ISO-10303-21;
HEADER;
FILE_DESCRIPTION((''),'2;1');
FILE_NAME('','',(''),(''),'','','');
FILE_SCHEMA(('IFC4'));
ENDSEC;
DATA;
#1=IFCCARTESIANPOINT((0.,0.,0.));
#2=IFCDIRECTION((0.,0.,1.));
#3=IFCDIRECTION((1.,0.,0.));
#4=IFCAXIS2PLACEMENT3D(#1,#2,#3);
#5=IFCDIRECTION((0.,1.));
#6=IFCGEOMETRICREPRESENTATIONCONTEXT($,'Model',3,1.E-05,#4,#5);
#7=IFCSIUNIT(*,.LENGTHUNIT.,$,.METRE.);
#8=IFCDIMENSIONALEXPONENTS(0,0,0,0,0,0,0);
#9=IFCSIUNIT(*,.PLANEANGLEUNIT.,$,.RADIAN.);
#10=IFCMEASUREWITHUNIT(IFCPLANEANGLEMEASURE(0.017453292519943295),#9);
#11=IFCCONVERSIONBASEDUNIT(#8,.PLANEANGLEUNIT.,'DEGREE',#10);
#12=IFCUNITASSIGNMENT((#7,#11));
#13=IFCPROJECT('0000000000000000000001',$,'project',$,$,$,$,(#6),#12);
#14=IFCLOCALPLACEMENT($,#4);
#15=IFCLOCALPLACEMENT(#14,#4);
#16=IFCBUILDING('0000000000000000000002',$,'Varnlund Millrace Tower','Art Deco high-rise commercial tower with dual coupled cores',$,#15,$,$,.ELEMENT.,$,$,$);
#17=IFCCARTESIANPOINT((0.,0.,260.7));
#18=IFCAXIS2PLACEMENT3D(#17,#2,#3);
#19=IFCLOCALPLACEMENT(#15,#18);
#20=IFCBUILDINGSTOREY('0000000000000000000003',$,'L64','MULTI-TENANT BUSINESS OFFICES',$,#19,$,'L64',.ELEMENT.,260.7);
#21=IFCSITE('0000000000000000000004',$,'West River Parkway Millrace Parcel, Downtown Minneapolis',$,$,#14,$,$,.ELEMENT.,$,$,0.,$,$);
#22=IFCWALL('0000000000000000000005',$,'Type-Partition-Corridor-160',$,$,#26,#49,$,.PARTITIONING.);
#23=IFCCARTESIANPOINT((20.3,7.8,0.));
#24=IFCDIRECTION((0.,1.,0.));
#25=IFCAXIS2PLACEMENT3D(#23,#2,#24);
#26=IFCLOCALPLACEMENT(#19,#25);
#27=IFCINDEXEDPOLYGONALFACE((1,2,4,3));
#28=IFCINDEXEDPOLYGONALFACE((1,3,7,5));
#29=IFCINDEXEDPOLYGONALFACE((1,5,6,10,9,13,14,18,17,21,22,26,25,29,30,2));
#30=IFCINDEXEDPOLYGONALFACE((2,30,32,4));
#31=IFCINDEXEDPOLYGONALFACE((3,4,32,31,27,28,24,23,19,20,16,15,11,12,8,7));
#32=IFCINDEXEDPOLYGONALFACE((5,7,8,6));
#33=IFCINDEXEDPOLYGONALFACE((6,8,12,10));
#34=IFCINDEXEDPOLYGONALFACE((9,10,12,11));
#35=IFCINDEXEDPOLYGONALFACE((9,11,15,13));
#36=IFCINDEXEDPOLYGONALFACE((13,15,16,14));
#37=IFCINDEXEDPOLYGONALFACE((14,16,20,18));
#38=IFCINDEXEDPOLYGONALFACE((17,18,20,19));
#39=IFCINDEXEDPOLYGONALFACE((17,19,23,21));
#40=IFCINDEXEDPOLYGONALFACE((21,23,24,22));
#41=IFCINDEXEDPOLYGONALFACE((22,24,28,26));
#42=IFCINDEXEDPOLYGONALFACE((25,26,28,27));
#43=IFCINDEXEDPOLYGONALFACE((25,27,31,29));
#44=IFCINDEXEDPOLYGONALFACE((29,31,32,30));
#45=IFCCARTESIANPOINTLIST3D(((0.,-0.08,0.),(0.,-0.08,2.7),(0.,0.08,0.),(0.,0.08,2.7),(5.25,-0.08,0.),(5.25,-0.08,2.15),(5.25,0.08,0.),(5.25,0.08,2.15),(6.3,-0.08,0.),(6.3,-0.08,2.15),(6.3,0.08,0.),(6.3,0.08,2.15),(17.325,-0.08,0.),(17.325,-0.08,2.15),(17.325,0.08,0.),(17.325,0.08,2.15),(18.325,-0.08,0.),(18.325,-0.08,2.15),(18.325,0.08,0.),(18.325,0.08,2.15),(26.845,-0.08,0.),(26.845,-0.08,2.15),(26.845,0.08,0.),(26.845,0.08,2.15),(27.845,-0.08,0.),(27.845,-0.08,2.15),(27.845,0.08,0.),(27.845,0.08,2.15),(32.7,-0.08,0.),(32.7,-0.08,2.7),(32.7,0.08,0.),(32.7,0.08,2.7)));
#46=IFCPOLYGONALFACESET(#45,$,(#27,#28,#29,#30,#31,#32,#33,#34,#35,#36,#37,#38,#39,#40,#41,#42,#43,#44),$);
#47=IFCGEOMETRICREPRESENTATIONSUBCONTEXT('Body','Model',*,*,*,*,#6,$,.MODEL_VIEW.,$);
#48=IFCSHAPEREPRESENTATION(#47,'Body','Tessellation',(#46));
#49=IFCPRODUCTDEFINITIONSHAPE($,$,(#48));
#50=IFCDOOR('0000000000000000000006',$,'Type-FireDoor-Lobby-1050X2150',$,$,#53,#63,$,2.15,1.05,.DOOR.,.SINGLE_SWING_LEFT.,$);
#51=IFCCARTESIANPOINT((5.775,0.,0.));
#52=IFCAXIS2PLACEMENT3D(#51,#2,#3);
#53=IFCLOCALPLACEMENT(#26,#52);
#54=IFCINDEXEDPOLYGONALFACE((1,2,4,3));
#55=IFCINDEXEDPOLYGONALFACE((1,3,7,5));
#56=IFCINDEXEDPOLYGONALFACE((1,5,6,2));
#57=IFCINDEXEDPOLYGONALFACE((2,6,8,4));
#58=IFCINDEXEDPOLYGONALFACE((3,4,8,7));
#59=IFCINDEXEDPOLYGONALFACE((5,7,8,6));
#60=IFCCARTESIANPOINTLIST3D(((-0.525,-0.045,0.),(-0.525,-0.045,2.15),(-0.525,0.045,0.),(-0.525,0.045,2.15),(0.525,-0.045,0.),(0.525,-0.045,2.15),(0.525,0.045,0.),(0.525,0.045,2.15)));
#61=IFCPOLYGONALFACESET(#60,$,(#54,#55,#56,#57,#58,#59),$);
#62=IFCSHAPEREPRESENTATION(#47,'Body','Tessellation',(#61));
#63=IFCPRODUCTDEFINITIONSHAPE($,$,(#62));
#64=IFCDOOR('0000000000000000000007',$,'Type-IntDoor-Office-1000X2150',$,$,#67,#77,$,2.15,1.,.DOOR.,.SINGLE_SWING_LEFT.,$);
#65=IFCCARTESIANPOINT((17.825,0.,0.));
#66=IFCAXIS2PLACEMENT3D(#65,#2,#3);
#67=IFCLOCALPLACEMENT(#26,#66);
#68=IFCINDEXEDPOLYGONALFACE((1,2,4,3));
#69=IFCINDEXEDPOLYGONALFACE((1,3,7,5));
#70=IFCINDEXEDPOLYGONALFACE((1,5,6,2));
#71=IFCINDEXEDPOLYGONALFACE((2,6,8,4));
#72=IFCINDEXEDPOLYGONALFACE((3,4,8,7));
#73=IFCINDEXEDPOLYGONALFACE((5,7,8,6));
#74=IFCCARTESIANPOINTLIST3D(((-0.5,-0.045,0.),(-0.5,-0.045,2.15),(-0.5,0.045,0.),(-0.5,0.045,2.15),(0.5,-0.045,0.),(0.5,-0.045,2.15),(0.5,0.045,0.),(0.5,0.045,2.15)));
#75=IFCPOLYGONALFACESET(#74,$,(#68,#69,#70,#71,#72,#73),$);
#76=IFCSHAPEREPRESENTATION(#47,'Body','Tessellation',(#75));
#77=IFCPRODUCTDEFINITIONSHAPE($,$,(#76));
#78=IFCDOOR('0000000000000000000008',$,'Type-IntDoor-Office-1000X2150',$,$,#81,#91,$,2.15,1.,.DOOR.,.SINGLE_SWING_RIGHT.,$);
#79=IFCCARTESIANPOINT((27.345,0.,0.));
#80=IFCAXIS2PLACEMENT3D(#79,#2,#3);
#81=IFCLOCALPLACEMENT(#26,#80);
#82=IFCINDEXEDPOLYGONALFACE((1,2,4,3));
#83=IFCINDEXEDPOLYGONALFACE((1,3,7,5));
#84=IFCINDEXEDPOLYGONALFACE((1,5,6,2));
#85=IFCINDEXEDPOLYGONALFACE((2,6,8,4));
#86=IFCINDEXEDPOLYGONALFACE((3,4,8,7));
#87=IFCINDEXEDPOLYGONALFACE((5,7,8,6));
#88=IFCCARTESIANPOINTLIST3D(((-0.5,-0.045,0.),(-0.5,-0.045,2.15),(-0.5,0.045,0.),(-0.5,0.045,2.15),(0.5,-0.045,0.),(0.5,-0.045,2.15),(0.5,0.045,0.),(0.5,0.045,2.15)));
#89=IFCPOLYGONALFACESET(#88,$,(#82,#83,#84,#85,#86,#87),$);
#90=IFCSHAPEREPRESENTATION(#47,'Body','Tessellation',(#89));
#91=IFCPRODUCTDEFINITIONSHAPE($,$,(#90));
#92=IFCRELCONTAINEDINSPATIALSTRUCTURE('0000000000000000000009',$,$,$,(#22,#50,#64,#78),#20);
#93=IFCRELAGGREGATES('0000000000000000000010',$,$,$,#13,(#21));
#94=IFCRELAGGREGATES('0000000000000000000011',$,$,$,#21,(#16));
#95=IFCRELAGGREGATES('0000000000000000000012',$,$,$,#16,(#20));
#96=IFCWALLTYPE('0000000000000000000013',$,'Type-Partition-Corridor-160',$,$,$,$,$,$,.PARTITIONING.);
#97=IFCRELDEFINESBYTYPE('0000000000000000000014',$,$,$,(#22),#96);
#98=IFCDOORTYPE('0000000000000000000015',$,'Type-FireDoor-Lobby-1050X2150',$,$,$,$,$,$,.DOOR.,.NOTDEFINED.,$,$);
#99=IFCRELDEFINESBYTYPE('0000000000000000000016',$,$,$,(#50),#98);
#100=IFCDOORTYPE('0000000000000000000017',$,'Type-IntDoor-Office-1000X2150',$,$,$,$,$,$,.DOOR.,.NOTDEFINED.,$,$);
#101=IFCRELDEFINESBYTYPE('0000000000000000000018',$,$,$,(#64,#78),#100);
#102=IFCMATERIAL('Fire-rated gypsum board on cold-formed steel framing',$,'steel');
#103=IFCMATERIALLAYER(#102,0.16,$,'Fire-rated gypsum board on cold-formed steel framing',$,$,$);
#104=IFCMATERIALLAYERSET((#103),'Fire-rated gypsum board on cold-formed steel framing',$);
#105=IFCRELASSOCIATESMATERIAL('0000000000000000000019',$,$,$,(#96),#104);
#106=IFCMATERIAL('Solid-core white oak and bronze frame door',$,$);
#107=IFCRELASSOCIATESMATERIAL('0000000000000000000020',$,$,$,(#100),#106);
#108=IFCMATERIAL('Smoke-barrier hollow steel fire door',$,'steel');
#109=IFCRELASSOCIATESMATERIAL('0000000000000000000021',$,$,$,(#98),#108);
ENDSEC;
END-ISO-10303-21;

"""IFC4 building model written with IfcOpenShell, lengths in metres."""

from ifc_helpers import new_model, entity, si_unit, converted_unit, direction, frame, origin_with_axes, origin_2d_with_axis, place, context, subcontext, project, spatial, polyline, rectangle, outline, extrude, material, layer, layer_set, type_object, element, fill, save


model = new_model("IFC4")

# Units and contexts
model_context = context("Model", 3, precision=1e-05, world=origin_with_axes(), true_north=direction((0.0, 1.0)))
body_context = subcontext(model_context, "Body", "Model", "MODEL_VIEW")
ifc_project = project(units=[si_unit("LENGTHUNIT", "METRE"), converted_unit("PLANEANGLEUNIT", "DEGREE", entity("IfcPlaneAngleMeasure", 0.017453292519943295), si_unit("PLANEANGLEUNIT", "RADIAN"), dimensions=[0, 0, 0, 0, 0, 0, 0])], contexts=[model_context])

# Site, building, storey
site_placement = place(None, origin_with_axes())
site = spatial("IfcSite", under=ifc_project, at=site_placement, Name="West River Parkway Millrace Parcel, Downtown Minneapolis", CompositionType="ELEMENT", RefElevation=0.0)
building_placement = place(site_placement, origin_with_axes())
building = spatial("IfcBuilding", under=site, at=building_placement, Name="Varnlund Millrace Tower", Description="Art Deco high-rise commercial tower with dual coupled cores", CompositionType="ELEMENT")
storey_placement = place(building_placement, frame((0.0, 0.0, 260.7), z_axis=(0.0, 0.0, 1.0), x_axis=(1.0, 0.0, 0.0)))
storey = spatial("IfcBuildingStorey", under=building, at=storey_placement, Name="L64", Description="MULTI-TENANT BUSINESS OFFICES", LongName="L64", CompositionType="ELEMENT", Elevation=260.7)

# Wall, openings, doors
ifc_material_1 = material(Name="Fire-rated gypsum board on cold-formed steel framing", Category="steel")
ifc_layer_1 = layer(ifc_material_1, 0.16, Name="Fire-rated gypsum board on cold-formed steel framing")
ifc_layer_set_1 = layer_set([ifc_layer_1], Name="Fire-rated gypsum board on cold-formed steel framing")
wall_type_1 = type_object("IfcWallType", Name="Type-Partition-Corridor-160", PredefinedType="PARTITIONING", material=ifc_layer_set_1)
ifc_material_2 = material(Name="Solid-core white oak and bronze frame door")
door_type_1 = type_object("IfcDoorType", Name="Type-IntDoor-Office-1000X2150", OperationType="NOTDEFINED", PredefinedType="DOOR", material=ifc_material_2)
wall_1_placement = place(storey_placement, frame((20.3, 7.8, 0.0), z_axis=(0.0, 0.0, 1.0), x_axis=(0.0, 1.0, 0.0)))
wall_1 = element("IfcWall", 1, at=wall_1_placement, inside=storey, type_object=wall_type_1, Name="Type-Partition-Corridor-160", PredefinedType="PARTITIONING", context=body_context, shape_type="SweptSolid", body=[
    extrude(outline(polyline([(0.0, -0.08), (32.7, -0.08), (32.7, 0.08), (0.0, 0.08), (0.0, -0.08)])), origin_with_axes(), (0.0, 0.0, 1.0), 2.7),
])
opening_1_placement = place(wall_1_placement, frame((17.825, 0.0, 0.0), z_axis=(0.0, 0.0, 1.0), x_axis=(1.0, 0.0, 0.0)))
opening_1 = element("IfcOpeningElement", 2, at=opening_1_placement, cuts=wall_1, PredefinedType="OPENING", context=body_context, shape_type="SweptSolid", body=[
    extrude(rectangle(XDim=1.0, YDim=0.18, at=origin_2d_with_axis()), origin_with_axes(), (0.0, 0.0, 1.0), 2.15),
])
opening_2_placement = place(wall_1_placement, frame((27.345, 0.0, 0.0), z_axis=(0.0, 0.0, 1.0), x_axis=(1.0, 0.0, 0.0)))
opening_2 = element("IfcOpeningElement", 3, at=opening_2_placement, cuts=wall_1, PredefinedType="OPENING", context=body_context, shape_type="SweptSolid", body=[
    extrude(rectangle(XDim=1.0, YDim=0.18, at=origin_2d_with_axis()), origin_with_axes(), (0.0, 0.0, 1.0), 2.15),
])
opening_3_placement = place(wall_1_placement, frame((5.775, 0.0, 0.0), z_axis=(0.0, 0.0, 1.0), x_axis=(1.0, 0.0, 0.0)))
opening_3 = element("IfcOpeningElement", 4, at=opening_3_placement, cuts=wall_1, PredefinedType="OPENING", context=body_context, shape_type="SweptSolid", body=[
    extrude(rectangle(XDim=1.05, YDim=0.18, at=origin_2d_with_axis()), origin_with_axes(), (0.0, 0.0, 1.0), 2.15),
])
ifc_material_3 = material(Name="Smoke-barrier hollow steel fire door", Category="steel")
door_type_2 = type_object("IfcDoorType", Name="Type-FireDoor-Lobby-1050X2150", OperationType="NOTDEFINED", PredefinedType="DOOR", material=ifc_material_3)
door_1_placement = place(wall_1_placement, frame((5.775, 0.0, 0.0), z_axis=(0.0, 0.0, 1.0), x_axis=(1.0, 0.0, 0.0)))
door_1 = element("IfcDoor", 5, at=door_1_placement, inside=storey, type_object=door_type_2, Name="Type-FireDoor-Lobby-1050X2150", OperationType="SINGLE_SWING_LEFT", OverallHeight=2.15, OverallWidth=1.05, PredefinedType="DOOR", context=body_context, shape_type="SweptSolid", body=[
    extrude(rectangle(XDim=1.05, YDim=0.09, at=origin_2d_with_axis()), origin_with_axes(), (0.0, 0.0, 1.0), 2.15),
])
fill(opening_3, door_1)
door_2_placement = place(wall_1_placement, frame((17.825, 0.0, 0.0), z_axis=(0.0, 0.0, 1.0), x_axis=(1.0, 0.0, 0.0)))
door_2 = element("IfcDoor", 6, at=door_2_placement, inside=storey, type_object=door_type_1, Name="Type-IntDoor-Office-1000X2150", OperationType="SINGLE_SWING_LEFT", OverallHeight=2.15, OverallWidth=1.0, PredefinedType="DOOR", context=body_context, shape_type="SweptSolid", body=[
    extrude(rectangle(XDim=1.0, YDim=0.09, at=origin_2d_with_axis()), origin_with_axes(), (0.0, 0.0, 1.0), 2.15),
])
fill(opening_1, door_2)
door_3_placement = place(wall_1_placement, frame((27.345, 0.0, 0.0), z_axis=(0.0, 0.0, 1.0), x_axis=(1.0, 0.0, 0.0)))
door_3 = element("IfcDoor", 7, at=door_3_placement, inside=storey, type_object=door_type_1, Name="Type-IntDoor-Office-1000X2150", OperationType="SINGLE_SWING_RIGHT", OverallHeight=2.15, OverallWidth=1.0, PredefinedType="DOOR", context=body_context, shape_type="SweptSolid", body=[
    extrude(rectangle(XDim=1.0, YDim=0.09, at=origin_2d_with_axis()), origin_with_axes(), (0.0, 0.0, 1.0), 2.15),
])
fill(opening_2, door_3)

save(model, "model.ifc")
